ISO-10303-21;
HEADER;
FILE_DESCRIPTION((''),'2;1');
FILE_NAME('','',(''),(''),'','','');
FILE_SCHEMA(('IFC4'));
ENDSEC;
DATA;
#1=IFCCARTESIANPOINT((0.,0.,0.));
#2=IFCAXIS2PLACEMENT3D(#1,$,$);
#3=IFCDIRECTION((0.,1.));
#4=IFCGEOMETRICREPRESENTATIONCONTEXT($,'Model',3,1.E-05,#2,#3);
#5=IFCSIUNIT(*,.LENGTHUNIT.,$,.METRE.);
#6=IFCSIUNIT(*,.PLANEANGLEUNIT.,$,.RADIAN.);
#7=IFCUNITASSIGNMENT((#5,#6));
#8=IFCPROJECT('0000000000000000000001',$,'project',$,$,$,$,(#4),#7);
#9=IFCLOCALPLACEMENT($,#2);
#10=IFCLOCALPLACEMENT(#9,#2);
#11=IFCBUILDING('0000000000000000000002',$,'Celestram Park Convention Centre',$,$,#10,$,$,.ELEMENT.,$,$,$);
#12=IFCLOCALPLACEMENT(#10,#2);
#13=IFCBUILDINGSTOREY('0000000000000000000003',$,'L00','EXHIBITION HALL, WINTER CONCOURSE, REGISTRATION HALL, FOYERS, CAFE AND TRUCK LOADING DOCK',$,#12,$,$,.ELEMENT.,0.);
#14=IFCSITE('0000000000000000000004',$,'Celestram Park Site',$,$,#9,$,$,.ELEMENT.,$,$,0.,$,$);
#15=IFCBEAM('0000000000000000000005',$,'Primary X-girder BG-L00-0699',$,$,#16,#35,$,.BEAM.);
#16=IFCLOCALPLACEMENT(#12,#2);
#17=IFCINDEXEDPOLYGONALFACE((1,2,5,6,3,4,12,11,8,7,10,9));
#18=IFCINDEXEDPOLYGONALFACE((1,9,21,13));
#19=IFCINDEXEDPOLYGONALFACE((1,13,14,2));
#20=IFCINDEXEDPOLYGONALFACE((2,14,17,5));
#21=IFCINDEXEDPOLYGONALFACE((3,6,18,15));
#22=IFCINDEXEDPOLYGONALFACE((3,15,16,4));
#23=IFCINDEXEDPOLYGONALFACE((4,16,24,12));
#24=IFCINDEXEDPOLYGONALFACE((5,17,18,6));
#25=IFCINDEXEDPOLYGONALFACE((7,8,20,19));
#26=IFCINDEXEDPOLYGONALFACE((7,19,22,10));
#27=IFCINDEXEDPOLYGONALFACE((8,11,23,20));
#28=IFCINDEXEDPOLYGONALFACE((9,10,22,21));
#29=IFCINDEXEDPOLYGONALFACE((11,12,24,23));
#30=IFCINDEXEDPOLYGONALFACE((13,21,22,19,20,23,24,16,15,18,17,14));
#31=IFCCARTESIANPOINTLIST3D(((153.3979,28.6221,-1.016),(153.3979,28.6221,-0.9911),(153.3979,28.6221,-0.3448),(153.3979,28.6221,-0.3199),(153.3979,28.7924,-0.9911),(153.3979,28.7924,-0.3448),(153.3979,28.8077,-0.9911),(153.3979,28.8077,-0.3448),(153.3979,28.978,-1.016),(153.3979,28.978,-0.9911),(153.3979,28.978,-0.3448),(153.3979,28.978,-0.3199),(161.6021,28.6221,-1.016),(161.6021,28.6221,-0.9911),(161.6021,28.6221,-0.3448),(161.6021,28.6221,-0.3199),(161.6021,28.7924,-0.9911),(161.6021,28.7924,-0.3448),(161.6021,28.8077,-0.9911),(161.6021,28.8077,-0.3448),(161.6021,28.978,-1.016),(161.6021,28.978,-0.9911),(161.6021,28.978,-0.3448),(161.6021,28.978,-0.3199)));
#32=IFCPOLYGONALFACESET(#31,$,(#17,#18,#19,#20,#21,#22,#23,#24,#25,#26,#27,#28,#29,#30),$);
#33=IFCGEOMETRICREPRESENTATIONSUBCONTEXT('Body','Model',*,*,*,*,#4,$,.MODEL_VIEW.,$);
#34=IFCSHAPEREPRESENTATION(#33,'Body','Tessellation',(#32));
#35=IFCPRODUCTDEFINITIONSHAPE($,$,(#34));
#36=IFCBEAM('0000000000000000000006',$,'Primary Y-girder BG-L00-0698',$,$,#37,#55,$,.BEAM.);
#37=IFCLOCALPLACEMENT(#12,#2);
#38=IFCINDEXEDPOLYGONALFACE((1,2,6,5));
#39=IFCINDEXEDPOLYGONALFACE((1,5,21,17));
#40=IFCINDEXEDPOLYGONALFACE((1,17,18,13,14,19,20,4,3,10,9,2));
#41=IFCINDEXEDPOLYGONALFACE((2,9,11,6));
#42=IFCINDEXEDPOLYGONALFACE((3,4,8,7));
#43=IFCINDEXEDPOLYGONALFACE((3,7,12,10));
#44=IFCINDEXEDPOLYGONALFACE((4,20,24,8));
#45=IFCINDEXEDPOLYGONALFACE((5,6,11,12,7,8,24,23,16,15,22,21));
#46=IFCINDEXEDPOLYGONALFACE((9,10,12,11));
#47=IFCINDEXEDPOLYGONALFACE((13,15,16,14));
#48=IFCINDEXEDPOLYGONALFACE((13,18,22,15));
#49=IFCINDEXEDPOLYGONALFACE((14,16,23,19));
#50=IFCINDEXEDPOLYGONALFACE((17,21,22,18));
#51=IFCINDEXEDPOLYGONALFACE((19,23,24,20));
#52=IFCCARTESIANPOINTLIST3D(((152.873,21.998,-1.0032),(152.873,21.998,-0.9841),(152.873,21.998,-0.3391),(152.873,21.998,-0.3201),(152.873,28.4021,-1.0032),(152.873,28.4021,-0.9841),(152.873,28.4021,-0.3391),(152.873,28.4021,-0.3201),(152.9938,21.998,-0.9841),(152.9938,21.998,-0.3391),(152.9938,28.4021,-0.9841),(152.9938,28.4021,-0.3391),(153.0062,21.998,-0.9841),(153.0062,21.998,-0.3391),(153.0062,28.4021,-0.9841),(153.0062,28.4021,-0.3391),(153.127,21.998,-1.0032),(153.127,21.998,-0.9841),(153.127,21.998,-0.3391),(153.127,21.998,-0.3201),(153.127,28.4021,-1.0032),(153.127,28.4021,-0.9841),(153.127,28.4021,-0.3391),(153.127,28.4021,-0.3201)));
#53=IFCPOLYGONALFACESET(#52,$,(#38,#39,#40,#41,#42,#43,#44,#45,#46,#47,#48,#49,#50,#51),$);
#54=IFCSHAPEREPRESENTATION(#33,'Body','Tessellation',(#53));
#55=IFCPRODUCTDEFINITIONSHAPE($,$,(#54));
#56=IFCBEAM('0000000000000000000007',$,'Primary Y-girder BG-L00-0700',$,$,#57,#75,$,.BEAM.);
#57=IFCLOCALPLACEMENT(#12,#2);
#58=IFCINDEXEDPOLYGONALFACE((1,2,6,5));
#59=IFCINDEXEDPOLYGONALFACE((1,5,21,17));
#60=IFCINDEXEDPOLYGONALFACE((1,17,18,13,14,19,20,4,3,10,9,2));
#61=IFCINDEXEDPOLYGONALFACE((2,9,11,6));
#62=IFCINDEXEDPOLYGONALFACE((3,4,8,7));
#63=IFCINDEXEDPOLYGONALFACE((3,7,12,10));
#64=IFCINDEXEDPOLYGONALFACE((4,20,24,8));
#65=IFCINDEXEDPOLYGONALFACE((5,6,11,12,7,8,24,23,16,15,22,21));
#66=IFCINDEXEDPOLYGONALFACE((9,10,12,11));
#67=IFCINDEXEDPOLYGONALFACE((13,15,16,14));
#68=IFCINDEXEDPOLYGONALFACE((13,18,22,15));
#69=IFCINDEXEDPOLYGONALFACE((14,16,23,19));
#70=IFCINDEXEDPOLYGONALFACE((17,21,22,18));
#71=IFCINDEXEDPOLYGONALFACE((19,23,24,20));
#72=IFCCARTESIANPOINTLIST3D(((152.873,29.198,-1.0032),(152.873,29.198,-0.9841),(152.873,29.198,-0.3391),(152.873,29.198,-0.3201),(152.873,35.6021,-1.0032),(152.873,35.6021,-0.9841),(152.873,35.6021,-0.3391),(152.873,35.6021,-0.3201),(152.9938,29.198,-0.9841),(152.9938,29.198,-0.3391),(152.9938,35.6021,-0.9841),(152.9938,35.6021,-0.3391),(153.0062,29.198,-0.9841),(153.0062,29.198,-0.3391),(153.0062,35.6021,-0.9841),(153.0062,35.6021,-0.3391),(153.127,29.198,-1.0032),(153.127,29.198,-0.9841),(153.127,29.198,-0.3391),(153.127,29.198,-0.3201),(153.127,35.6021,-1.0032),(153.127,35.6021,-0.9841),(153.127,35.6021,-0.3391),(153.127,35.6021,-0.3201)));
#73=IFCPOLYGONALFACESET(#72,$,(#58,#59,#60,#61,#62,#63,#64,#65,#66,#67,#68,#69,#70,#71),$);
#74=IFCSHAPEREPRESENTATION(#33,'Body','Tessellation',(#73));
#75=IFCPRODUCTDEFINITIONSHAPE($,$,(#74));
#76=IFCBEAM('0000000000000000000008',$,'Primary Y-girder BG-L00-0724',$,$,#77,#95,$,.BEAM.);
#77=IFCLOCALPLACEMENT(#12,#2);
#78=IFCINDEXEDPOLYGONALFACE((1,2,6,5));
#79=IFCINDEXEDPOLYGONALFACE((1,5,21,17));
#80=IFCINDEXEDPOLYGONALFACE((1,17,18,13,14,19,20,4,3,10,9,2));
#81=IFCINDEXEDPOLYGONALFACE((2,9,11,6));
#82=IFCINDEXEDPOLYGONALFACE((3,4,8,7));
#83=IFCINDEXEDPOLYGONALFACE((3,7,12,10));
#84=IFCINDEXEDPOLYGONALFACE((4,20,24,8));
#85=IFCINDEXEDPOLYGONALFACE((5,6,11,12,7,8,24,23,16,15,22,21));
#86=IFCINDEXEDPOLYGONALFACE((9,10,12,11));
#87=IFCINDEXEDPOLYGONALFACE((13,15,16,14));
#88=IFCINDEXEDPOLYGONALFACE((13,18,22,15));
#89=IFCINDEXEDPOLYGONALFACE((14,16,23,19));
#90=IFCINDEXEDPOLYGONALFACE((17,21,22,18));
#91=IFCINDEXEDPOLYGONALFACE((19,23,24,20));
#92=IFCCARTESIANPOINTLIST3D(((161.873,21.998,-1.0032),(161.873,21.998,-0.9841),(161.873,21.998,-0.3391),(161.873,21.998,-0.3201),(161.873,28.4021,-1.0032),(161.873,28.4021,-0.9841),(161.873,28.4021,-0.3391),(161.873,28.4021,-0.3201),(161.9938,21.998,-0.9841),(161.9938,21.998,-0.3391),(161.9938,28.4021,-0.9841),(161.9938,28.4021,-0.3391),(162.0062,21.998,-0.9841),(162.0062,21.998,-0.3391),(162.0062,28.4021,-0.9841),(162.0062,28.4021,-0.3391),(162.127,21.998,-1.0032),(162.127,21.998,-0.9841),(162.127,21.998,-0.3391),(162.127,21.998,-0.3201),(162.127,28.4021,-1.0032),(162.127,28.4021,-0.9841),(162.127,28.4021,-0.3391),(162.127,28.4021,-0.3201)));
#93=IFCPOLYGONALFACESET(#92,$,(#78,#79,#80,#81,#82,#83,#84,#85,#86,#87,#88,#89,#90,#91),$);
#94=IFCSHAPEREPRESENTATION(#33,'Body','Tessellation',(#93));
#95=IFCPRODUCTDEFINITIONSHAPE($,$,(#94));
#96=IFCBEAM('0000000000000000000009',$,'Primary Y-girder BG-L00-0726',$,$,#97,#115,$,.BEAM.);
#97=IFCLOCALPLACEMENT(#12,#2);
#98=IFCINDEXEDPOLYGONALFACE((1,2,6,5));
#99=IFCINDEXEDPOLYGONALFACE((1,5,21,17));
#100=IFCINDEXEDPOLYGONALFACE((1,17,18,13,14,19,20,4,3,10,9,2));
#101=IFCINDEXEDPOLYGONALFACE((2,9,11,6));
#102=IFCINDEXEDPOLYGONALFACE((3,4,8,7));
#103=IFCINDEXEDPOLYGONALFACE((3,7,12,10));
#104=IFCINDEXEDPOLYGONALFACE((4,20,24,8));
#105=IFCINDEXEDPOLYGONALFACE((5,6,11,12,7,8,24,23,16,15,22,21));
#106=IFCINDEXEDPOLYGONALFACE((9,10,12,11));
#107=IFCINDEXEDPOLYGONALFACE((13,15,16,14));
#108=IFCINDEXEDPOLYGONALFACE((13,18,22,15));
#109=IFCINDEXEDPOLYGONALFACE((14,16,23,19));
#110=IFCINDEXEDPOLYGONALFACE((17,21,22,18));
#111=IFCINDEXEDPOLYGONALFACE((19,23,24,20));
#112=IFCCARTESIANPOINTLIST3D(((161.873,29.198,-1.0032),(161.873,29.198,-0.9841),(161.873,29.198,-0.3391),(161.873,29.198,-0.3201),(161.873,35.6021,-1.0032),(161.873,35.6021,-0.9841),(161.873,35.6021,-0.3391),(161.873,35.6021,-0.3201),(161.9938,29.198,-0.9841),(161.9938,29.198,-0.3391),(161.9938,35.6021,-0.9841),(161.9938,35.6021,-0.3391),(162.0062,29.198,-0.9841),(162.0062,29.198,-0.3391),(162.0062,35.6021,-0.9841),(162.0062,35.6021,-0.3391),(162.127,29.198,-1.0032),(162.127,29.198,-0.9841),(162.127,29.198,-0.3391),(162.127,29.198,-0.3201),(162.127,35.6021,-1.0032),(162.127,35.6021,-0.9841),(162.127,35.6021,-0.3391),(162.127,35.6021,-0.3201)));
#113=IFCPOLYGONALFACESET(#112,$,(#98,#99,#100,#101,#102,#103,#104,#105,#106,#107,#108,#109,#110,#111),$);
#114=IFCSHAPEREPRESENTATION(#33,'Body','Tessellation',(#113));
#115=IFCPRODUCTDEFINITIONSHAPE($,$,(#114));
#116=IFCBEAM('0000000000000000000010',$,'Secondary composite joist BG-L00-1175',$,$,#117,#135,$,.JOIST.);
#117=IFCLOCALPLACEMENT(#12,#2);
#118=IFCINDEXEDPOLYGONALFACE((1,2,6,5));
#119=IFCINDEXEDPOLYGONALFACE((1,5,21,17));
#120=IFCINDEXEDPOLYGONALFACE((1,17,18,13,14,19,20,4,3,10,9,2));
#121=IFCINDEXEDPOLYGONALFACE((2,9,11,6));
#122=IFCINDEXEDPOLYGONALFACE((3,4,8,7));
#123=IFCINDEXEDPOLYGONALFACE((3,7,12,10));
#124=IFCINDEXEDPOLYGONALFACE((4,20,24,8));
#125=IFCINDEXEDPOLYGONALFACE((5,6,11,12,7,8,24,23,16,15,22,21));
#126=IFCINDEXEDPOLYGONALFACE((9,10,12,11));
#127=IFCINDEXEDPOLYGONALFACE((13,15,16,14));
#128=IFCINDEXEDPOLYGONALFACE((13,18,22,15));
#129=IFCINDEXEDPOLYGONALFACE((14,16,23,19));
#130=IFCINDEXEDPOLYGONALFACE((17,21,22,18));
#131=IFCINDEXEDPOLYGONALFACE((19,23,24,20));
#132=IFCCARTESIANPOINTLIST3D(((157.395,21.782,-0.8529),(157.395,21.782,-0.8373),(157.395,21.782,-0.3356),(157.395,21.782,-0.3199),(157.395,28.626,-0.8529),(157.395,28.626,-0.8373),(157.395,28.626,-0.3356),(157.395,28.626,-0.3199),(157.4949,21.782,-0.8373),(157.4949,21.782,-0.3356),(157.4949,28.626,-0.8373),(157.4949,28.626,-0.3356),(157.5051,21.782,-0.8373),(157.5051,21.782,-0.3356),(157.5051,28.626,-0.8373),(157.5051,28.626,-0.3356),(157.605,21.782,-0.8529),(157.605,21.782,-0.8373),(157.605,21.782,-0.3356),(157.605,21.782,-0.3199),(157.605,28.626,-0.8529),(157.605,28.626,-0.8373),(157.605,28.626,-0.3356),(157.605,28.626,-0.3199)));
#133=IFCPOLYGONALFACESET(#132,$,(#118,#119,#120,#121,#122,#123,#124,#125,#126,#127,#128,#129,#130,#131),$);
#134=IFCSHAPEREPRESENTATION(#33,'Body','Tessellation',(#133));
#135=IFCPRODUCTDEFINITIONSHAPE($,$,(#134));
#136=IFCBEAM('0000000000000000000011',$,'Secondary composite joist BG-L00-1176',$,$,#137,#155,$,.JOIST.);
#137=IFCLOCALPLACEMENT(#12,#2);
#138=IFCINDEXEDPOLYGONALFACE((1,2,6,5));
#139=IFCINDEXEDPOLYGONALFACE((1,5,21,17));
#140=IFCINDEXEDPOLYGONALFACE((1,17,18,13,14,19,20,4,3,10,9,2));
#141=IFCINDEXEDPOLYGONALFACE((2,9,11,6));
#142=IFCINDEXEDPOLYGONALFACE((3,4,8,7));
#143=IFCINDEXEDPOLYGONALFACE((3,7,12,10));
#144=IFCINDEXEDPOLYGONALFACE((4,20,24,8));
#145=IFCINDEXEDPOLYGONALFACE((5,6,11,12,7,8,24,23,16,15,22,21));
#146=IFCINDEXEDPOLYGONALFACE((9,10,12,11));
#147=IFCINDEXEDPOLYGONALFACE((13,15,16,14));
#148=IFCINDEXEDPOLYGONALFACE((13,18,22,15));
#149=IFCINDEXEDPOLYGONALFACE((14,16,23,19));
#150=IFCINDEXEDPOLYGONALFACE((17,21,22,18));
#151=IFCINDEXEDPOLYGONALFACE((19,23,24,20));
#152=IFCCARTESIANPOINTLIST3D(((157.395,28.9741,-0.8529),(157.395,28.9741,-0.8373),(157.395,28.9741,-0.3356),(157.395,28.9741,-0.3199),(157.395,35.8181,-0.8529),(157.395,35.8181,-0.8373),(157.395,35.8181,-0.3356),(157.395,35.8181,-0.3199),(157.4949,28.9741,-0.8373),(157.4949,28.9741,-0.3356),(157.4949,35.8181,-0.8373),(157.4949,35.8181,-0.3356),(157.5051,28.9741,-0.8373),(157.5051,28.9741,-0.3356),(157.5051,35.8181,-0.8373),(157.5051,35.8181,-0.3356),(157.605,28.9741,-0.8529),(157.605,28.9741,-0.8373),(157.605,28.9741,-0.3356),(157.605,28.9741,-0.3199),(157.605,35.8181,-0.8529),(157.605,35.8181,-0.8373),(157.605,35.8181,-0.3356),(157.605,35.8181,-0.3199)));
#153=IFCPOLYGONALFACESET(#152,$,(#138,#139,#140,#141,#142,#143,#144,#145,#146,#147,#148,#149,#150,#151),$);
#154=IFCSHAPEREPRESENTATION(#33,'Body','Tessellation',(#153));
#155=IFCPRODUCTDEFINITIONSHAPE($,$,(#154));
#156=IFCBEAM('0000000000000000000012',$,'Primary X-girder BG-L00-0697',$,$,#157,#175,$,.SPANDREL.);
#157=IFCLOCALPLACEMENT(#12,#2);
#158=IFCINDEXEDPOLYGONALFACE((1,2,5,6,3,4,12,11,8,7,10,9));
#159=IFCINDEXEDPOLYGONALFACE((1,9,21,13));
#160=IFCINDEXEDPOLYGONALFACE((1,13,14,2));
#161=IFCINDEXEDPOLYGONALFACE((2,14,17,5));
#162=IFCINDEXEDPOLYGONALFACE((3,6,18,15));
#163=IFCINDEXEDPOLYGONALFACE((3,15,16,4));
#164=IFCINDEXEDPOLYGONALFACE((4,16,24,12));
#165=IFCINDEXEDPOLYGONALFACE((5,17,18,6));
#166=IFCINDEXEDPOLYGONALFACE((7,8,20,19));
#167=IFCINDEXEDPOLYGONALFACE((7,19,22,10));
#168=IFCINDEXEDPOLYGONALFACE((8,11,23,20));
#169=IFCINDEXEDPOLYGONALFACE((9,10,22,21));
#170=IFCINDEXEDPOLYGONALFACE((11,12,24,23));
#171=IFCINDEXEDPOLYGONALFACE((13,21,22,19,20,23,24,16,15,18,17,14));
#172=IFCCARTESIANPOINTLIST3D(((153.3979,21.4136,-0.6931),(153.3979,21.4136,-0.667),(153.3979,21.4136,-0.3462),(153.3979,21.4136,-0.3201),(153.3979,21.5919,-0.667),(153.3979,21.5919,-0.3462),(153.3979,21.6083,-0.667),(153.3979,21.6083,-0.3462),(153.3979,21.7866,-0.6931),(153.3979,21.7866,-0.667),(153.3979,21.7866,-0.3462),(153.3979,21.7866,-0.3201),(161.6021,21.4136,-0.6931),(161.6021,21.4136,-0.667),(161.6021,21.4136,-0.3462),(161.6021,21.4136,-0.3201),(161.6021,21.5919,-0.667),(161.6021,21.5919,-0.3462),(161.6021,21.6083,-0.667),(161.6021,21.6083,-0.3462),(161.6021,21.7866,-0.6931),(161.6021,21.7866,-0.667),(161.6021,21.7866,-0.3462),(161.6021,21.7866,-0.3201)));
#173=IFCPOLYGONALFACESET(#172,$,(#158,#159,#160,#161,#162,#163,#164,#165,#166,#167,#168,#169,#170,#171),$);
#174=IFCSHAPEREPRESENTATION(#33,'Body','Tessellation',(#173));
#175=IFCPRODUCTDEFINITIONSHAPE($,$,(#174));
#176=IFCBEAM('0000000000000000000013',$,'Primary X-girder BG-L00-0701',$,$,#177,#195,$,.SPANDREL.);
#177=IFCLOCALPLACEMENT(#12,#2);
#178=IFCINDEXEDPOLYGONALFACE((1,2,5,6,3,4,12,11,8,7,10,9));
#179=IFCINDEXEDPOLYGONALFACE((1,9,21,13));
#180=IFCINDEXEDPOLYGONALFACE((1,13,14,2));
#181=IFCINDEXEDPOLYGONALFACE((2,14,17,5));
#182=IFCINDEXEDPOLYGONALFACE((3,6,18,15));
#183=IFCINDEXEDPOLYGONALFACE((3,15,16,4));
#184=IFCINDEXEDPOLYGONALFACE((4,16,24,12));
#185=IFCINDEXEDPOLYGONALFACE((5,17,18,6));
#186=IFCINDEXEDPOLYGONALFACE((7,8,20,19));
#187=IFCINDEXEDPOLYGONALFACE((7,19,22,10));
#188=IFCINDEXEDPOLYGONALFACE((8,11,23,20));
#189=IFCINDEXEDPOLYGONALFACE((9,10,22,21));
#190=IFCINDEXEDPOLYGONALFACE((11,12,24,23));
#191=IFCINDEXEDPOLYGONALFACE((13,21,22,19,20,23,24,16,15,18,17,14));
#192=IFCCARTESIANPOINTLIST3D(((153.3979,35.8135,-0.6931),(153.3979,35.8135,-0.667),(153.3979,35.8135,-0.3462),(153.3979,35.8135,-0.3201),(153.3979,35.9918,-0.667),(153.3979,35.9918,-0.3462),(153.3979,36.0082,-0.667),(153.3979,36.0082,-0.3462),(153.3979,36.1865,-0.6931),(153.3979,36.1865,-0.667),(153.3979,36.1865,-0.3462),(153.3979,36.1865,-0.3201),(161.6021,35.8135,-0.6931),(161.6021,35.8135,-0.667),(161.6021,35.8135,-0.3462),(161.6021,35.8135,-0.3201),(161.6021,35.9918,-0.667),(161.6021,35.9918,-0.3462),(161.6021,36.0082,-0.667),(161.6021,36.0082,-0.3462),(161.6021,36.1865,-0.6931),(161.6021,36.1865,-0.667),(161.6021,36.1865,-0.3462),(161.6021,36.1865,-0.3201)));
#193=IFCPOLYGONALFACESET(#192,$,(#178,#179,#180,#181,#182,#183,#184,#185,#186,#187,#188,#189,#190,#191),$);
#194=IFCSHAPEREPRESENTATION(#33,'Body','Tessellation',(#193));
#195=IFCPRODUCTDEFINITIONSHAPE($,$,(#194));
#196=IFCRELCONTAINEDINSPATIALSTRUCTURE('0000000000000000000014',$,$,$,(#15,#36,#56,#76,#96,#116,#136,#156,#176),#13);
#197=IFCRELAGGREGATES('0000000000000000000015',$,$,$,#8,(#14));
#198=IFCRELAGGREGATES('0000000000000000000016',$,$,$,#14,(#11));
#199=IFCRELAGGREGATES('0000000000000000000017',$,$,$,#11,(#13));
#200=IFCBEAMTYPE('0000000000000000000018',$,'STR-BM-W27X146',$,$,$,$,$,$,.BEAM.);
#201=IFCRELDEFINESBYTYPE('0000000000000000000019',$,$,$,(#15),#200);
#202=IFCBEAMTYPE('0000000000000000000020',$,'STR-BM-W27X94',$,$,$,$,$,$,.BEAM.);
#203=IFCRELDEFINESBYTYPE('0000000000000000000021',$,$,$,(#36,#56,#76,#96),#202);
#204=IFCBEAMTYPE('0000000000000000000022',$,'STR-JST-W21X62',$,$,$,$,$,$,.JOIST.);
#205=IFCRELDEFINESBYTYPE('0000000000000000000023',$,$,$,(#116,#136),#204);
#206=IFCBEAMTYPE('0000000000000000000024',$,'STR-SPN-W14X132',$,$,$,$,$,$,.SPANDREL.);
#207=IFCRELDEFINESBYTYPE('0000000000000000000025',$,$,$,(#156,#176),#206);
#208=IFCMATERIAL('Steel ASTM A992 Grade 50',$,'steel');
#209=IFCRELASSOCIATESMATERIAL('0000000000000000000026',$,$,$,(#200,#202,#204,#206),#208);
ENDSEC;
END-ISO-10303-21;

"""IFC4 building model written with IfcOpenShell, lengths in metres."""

from ifc_helpers import new_model, si_unit, direction, frame, origin, origin_2d, place, context, subcontext, project, spatial, i_section, extrude, material, material_profile, profile_set, type_object, element, save


model = new_model("IFC4")

# Units and contexts
model_context = context("Model", 3, precision=1e-05, world=origin(), true_north=direction((0.0, 1.0)))
body_context = subcontext(model_context, "Body", "Model", "MODEL_VIEW")
ifc_project = project(units=[si_unit("LENGTHUNIT", "METRE"), si_unit("PLANEANGLEUNIT", "RADIAN")], contexts=[model_context])

# Site, building, storey
site_placement = place(None, origin())
site = spatial("IfcSite", under=ifc_project, at=site_placement, Name="Celestram Park Site", CompositionType="ELEMENT", RefElevation=0.0)
building_placement = place(site_placement, origin())
building = spatial("IfcBuilding", under=site, at=building_placement, Name="Celestram Park Convention Centre", CompositionType="ELEMENT")
storey_placement = place(building_placement, origin())
storey = spatial("IfcBuildingStorey", under=building, at=storey_placement, Name="L00", Description="EXHIBITION HALL, WINTER CONCOURSE, REGISTRATION HALL, FOYERS, CAFE AND TRUCK LOADING DOCK", CompositionType="ELEMENT", Elevation=0.0)

# Beams
ifc_material_1 = material(Name="Steel ASTM A992 Grade 50", Category="steel")
ifc_material_profile_1 = material_profile(ifc_material_1, i_section(OverallWidth=0.356, OverallDepth=0.696, WebThickness=0.0154, FlangeThickness=0.0249, at=origin_2d()), Name="W27X146")
ifc_profile_set_1 = profile_set([ifc_material_profile_1], Name="Steel ASTM A992 Grade 50")
beam_type_1 = type_object("IfcBeamType", Name="STR-BM-W27X146", PredefinedType="BEAM", material=ifc_profile_set_1)
beam_placement = place(storey_placement, frame((153.3979, 28.8, -0.668), z_axis=(1.0, 0.0, 0.0), x_axis=(0.0, 1.0, 0.0)))
element("IfcBeam", 1, at=beam_placement, inside=storey, type_object=beam_type_1, Name="Primary X-girder BG-L00-0699", PredefinedType="BEAM", context=body_context, shape_type="SweptSolid", body=[
    extrude(i_section(OverallWidth=0.356, OverallDepth=0.696, WebThickness=0.0154, FlangeThickness=0.0249, at=origin_2d()), origin(), (0.0, 0.0, 1.0), 8.2041),
])
ifc_material_profile_2 = material_profile(ifc_material_1, i_section(OverallWidth=0.2539, OverallDepth=0.6831, WebThickness=0.0125, FlangeThickness=0.019, at=origin_2d()), Name="W27X94")
ifc_profile_set_2 = profile_set([ifc_material_profile_2], Name="Steel ASTM A992 Grade 50")
beam_type_2 = type_object("IfcBeamType", Name="STR-BM-W27X94", PredefinedType="BEAM", material=ifc_profile_set_2)
for number, where, z_axis, x_axis, name in (
    (2, (153.0, 21.998, -0.6616), (0.0, 1.0, 0.0), (-1.0, 0.0, 0.0), "Primary Y-girder BG-L00-0698"),
    (3, (153.0, 29.198, -0.6616), (0.0, 1.0, 0.0), (-1.0, 0.0, 0.0), "Primary Y-girder BG-L00-0700"),
    (4, (162.0, 21.998, -0.6616), (0.0, 1.0, 0.0), (-1.0, 0.0, 0.0), "Primary Y-girder BG-L00-0724"),
    (5, (162.0, 29.198, -0.6616), (0.0, 1.0, 0.0), (-1.0, 0.0, 0.0), "Primary Y-girder BG-L00-0726"),
):
    element("IfcBeam", number, at=place(storey_placement, frame(where, z_axis=z_axis, x_axis=x_axis)), inside=storey, type_object=beam_type_2, Name=name, PredefinedType="BEAM", context=body_context, shape_type="SweptSolid", body=[
        extrude(i_section(OverallWidth=0.2539, OverallDepth=0.6831, WebThickness=0.0125, FlangeThickness=0.019, at=origin_2d()), origin(), (0.0, 0.0, 1.0), 6.4041),
    ])
ifc_material_profile_3 = material_profile(ifc_material_1, i_section(OverallWidth=0.21, OverallDepth=0.533, WebThickness=0.0103, FlangeThickness=0.0156, at=origin_2d()), Name="W21X62")
ifc_profile_set_3 = profile_set([ifc_material_profile_3], Name="Steel ASTM A992 Grade 50")
beam_type_3 = type_object("IfcBeamType", Name="STR-JST-W21X62", PredefinedType="JOIST", material=ifc_profile_set_3)
for number, where, z_axis, x_axis, name in (
    (6, (157.5, 21.782, -0.5864), (0.0, 1.0, 0.0), (-1.0, 0.0, 0.0), "Secondary composite joist BG-L00-1175"),
    (7, (157.5, 28.9741, -0.5864), (0.0, 1.0, 0.0), (-1.0, 0.0, 0.0), "Secondary composite joist BG-L00-1176"),
):
    element("IfcBeam", number, at=place(storey_placement, frame(where, z_axis=z_axis, x_axis=x_axis)), inside=storey, type_object=beam_type_3, Name=name, PredefinedType="JOIST", context=body_context, shape_type="SweptSolid", body=[
        extrude(i_section(OverallWidth=0.21, OverallDepth=0.533, WebThickness=0.0103, FlangeThickness=0.0156, at=origin_2d()), origin(), (0.0, 0.0, 1.0), 6.844),
    ])
ifc_material_profile_4 = material_profile(ifc_material_1, i_section(OverallWidth=0.373, OverallDepth=0.373, WebThickness=0.0164, FlangeThickness=0.0261, at=origin_2d()), Name="W14X132")
ifc_profile_set_4 = profile_set([ifc_material_profile_4], Name="Steel ASTM A992 Grade 50")
beam_type_4 = type_object("IfcBeamType", Name="STR-SPN-W14X132", PredefinedType="SPANDREL", material=ifc_profile_set_4)
for number, where, z_axis, x_axis, name in (
    (8, (153.3979, 21.6001, -0.5066), (1.0, 0.0, 0.0), (0.0, 1.0, 0.0), "Primary X-girder BG-L00-0697"),
    (9, (153.3979, 36.0, -0.5066), (1.0, 0.0, 0.0), (0.0, 1.0, 0.0), "Primary X-girder BG-L00-0701"),
):
    element("IfcBeam", number, at=place(storey_placement, frame(where, z_axis=z_axis, x_axis=x_axis)), inside=storey, type_object=beam_type_4, Name=name, PredefinedType="SPANDREL", context=body_context, shape_type="SweptSolid", body=[
        extrude(i_section(OverallWidth=0.373, OverallDepth=0.373, WebThickness=0.0164, FlangeThickness=0.0261, at=origin_2d()), origin(), (0.0, 0.0, 1.0), 8.2041),
    ])

save(model, "model.ifc")
